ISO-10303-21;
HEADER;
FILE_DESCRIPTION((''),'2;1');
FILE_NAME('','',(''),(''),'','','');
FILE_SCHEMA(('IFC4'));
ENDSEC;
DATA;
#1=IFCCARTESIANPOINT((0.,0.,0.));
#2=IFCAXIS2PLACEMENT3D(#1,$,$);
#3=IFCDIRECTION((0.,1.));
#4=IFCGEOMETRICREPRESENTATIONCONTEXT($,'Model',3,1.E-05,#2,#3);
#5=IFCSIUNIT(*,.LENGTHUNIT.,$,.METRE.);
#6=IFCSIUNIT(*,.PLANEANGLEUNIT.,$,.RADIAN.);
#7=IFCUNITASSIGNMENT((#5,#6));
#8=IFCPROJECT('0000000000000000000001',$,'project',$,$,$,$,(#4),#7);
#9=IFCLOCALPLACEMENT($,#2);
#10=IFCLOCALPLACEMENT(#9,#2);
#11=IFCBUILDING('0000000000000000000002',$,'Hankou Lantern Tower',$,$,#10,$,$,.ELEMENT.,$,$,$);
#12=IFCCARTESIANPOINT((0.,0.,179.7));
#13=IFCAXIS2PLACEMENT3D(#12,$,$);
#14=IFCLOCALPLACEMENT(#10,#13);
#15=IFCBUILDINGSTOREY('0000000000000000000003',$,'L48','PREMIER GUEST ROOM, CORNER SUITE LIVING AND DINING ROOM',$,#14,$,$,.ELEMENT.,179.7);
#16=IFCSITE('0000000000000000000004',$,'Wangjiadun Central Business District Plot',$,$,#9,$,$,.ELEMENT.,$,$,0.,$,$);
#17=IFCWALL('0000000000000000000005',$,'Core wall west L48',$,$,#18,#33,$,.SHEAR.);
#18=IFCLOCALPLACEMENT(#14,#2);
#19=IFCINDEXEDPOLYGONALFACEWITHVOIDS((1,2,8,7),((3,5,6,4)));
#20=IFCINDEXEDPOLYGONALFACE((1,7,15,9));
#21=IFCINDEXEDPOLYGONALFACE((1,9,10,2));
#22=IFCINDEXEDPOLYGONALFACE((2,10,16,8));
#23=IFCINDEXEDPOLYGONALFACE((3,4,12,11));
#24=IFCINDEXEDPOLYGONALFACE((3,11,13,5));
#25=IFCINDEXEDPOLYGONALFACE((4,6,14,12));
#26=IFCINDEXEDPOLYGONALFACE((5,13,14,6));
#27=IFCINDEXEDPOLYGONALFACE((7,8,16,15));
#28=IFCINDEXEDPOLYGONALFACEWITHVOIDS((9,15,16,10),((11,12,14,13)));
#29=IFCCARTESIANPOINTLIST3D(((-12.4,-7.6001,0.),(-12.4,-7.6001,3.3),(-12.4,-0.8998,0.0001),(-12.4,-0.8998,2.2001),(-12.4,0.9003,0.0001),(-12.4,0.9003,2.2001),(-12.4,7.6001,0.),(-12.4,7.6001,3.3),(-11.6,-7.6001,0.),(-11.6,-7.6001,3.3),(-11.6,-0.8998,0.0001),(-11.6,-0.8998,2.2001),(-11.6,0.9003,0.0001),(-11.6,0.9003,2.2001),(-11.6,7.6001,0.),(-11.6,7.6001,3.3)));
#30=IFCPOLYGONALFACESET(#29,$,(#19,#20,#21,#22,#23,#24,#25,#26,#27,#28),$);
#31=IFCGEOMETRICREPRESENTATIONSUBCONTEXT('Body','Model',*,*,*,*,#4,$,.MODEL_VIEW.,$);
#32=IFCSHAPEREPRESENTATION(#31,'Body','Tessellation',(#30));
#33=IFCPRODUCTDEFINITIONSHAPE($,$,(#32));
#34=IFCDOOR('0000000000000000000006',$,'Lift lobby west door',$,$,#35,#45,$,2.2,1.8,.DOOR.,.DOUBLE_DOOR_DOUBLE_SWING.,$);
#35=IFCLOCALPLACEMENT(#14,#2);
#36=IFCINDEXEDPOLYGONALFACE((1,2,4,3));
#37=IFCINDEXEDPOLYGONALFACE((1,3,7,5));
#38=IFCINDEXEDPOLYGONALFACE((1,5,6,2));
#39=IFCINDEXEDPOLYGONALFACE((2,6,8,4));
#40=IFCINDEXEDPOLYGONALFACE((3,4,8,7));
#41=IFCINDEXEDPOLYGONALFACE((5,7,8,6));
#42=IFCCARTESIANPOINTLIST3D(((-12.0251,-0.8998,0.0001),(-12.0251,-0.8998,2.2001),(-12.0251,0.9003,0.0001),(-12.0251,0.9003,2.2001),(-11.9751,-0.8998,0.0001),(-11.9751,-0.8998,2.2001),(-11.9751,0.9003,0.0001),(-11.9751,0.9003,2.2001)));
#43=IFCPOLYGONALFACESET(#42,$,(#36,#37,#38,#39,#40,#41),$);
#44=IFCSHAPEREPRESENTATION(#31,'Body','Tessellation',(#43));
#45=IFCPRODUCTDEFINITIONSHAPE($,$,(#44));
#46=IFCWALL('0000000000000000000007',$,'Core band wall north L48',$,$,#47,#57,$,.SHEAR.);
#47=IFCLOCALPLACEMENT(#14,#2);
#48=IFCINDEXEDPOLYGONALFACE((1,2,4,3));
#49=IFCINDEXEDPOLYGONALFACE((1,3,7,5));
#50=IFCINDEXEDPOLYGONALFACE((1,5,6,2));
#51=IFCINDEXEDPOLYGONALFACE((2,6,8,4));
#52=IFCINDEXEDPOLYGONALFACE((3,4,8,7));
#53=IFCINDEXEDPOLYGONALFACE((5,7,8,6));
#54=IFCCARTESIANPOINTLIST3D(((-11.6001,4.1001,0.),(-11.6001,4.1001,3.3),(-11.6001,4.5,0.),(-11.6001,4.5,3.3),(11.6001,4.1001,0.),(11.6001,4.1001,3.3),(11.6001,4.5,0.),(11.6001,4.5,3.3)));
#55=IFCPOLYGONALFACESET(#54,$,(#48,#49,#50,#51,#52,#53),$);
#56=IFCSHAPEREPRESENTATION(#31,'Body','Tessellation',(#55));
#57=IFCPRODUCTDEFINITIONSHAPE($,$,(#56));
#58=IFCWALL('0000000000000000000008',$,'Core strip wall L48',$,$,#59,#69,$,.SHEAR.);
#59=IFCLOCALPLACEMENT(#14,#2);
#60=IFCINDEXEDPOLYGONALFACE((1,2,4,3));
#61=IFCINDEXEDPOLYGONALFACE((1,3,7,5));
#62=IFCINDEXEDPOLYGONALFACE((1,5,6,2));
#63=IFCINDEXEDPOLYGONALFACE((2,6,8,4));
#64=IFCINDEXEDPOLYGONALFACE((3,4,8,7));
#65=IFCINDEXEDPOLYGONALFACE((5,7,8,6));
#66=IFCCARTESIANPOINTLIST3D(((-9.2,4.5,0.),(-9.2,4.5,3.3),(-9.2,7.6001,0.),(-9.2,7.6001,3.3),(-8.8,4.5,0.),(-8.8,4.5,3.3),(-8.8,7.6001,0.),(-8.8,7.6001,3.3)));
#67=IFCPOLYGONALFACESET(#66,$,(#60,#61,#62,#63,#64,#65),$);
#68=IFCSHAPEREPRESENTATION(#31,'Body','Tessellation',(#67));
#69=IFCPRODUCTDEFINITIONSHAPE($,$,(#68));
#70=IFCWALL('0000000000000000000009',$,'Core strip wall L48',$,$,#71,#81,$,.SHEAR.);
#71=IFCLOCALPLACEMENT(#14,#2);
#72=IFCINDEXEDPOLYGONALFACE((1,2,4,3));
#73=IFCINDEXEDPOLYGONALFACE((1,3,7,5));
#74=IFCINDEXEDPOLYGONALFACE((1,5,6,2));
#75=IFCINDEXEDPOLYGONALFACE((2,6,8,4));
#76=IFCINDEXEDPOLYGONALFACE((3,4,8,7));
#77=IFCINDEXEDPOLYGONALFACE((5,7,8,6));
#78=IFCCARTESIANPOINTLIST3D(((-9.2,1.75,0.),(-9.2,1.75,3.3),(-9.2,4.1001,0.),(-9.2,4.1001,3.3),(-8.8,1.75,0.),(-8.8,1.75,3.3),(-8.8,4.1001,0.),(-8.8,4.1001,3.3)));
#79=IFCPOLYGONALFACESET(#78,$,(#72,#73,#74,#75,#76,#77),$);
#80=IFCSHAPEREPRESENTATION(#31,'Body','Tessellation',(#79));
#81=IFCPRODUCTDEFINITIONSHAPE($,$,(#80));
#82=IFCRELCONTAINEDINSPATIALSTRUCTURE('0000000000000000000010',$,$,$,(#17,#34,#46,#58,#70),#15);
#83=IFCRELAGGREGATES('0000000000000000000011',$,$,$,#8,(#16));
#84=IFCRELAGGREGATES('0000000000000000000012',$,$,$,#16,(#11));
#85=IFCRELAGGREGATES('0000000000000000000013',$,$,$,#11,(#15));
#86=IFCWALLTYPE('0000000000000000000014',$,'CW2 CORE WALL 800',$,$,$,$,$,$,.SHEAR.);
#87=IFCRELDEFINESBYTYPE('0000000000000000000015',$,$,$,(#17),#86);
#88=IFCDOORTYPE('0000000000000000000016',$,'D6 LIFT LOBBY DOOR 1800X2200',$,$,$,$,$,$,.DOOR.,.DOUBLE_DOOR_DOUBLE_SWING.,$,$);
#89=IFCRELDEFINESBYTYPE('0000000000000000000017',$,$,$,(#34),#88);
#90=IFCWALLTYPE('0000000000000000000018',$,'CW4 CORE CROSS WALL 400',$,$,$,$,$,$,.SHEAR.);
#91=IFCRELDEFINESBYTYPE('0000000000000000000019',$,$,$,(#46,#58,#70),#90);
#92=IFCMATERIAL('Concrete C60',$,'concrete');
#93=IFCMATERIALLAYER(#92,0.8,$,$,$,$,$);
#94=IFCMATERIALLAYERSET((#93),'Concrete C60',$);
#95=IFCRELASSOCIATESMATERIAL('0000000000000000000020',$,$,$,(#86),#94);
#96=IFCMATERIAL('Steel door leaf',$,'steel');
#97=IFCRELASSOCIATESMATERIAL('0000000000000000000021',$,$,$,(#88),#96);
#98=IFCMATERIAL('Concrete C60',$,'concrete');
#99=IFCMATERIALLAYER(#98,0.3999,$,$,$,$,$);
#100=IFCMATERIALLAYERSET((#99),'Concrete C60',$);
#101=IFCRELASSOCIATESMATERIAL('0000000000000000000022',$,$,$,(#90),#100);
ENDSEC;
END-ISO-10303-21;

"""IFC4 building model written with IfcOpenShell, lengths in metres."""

from ifc_helpers import new_model, si_unit, direction, frame, frame_2d, origin, place, context, subcontext, project, spatial, rectangle, extrude, material, layer, layer_set, type_object, element, fill, save


model = new_model("IFC4")

# Units and contexts
model_context = context("Model", 3, precision=1e-05, world=origin(), true_north=direction((0.0, 1.0)))
body_context = subcontext(model_context, "Body", "Model", "MODEL_VIEW")
ifc_project = project(units=[si_unit("LENGTHUNIT", "METRE"), si_unit("PLANEANGLEUNIT", "RADIAN")], contexts=[model_context])

# Site, building, storey
site_placement = place(None, origin())
site = spatial("IfcSite", under=ifc_project, at=site_placement, Name="Wangjiadun Central Business District Plot", CompositionType="ELEMENT", RefElevation=0.0)
building_placement = place(site_placement, origin())
building = spatial("IfcBuilding", under=site, at=building_placement, Name="Hankou Lantern Tower", CompositionType="ELEMENT")
storey_placement = place(building_placement, frame((0.0, 0.0, 179.7)))
storey = spatial("IfcBuildingStorey", under=building, at=storey_placement, Name="L48", Description="PREMIER GUEST ROOM, CORNER SUITE LIVING AND DINING ROOM", CompositionType="ELEMENT", Elevation=179.7)

# Wall, opening, door
ifc_material_1 = material(Name="Concrete C60", Category="concrete")
ifc_layer_1 = layer(ifc_material_1, 0.8)
ifc_layer_set_1 = layer_set([ifc_layer_1], Name="Concrete C60")
wall_type_1 = type_object("IfcWallType", Name="CW2 CORE WALL 800", PredefinedType="SHEAR", material=ifc_layer_set_1)
wall_1_placement = place(storey_placement, frame((-12.0, 7.6001, 0.0), z_axis=(0.0, 0.0, 1.0), x_axis=(0.0, -1.0, 0.0)))
wall_1 = element("IfcWall", 1, at=wall_1_placement, inside=storey, type_object=wall_type_1, Name="Core wall west L48", PredefinedType="SHEAR", context=body_context, shape_type="SweptSolid", body=[
    extrude(rectangle(XDim=15.2002, YDim=0.8, at=frame_2d((7.6001, 0.0))), origin(), (0.0, 0.0, 1.0), 3.3),
])
opening_1_placement = place(wall_1_placement, frame((6.7, 0.0, 0.0)))
opening_1 = element("IfcOpeningElement", 2, at=opening_1_placement, cuts=wall_1, PredefinedType="OPENING", context=body_context, shape_type="SweptSolid", body=[
    extrude(rectangle(XDim=1.8, YDim=2.2, at=frame_2d((0.8999, 1.1001))), frame((0.0, 0.4099, 0.0), z_axis=(0.0, -1.0, 0.0), x_axis=(1.0, 0.0, 0.0)), (0.0, 0.0, 1.0), 0.8201),
])
ifc_material_2 = material(Name="Steel door leaf", Category="steel")
door_type_1 = type_object("IfcDoorType", Name="D6 LIFT LOBBY DOOR 1800X2200", OperationType="DOUBLE_DOOR_DOUBLE_SWING", PredefinedType="DOOR", material=ifc_material_2)
door_1_placement = place(opening_1_placement, origin())
door_1 = element("IfcDoor", 3, at=door_1_placement, inside=storey, type_object=door_type_1, Name="Lift lobby west door", OperationType="DOUBLE_DOOR_DOUBLE_SWING", OverallHeight=2.2, OverallWidth=1.8, PredefinedType="DOOR", context=body_context, shape_type="SweptSolid", body=[
    extrude(rectangle(XDim=1.8, YDim=2.2, at=frame_2d((0.8999, 1.1001))), frame((0.0, 0.0249, 0.0), z_axis=(0.0, -1.0, 0.0), x_axis=(1.0, 0.0, 0.0)), (0.0, 0.0, 1.0), 0.05),
])
fill(opening_1, door_1)

# Walls
ifc_material_3 = material(Name="Concrete C60", Category="concrete")
ifc_layer_2 = layer(ifc_material_3, 0.3999)
ifc_layer_set_2 = layer_set([ifc_layer_2], Name="Concrete C60")
wall_type_2 = type_object("IfcWallType", Name="CW4 CORE CROSS WALL 400", PredefinedType="SHEAR", material=ifc_layer_set_2)
wall_2_placement = place(storey_placement, frame((-11.6001, 4.3, 0.0), z_axis=(0.0, 0.0, 1.0), x_axis=(1.0, 0.0, 0.0)))
element("IfcWall", 4, at=wall_2_placement, inside=storey, type_object=wall_type_2, Name="Core band wall north L48", PredefinedType="SHEAR", context=body_context, shape_type="SweptSolid", body=[
    extrude(rectangle(XDim=23.2002, YDim=0.3999, at=frame_2d((11.6001, 0.0))), origin(), (0.0, 0.0, 1.0), 3.3),
])
wall_3_placement = place(storey_placement, frame((-9.0, 4.5, 0.0), z_axis=(0.0, 0.0, 1.0), x_axis=(0.0, 1.0, 0.0)))
element("IfcWall", 5, at=wall_3_placement, inside=storey, type_object=wall_type_2, Name="Core strip wall L48", PredefinedType="SHEAR", context=body_context, shape_type="SweptSolid", body=[
    extrude(rectangle(XDim=3.1001, YDim=0.3999, at=frame_2d((1.55, 0.0))), origin(), (0.0, 0.0, 1.0), 3.3),
])
wall_4_placement = place(storey_placement, frame((-9.0, 1.75, 0.0), z_axis=(0.0, 0.0, 1.0), x_axis=(0.0, 1.0, 0.0)))
element("IfcWall", 6, at=wall_4_placement, inside=storey, type_object=wall_type_2, Name="Core strip wall L48", PredefinedType="SHEAR", context=body_context, shape_type="SweptSolid", body=[
    extrude(rectangle(XDim=2.3501, YDim=0.3999, at=frame_2d((1.175, 0.0))), origin(), (0.0, 0.0, 1.0), 3.3),
])

save(model, "model.ifc")
